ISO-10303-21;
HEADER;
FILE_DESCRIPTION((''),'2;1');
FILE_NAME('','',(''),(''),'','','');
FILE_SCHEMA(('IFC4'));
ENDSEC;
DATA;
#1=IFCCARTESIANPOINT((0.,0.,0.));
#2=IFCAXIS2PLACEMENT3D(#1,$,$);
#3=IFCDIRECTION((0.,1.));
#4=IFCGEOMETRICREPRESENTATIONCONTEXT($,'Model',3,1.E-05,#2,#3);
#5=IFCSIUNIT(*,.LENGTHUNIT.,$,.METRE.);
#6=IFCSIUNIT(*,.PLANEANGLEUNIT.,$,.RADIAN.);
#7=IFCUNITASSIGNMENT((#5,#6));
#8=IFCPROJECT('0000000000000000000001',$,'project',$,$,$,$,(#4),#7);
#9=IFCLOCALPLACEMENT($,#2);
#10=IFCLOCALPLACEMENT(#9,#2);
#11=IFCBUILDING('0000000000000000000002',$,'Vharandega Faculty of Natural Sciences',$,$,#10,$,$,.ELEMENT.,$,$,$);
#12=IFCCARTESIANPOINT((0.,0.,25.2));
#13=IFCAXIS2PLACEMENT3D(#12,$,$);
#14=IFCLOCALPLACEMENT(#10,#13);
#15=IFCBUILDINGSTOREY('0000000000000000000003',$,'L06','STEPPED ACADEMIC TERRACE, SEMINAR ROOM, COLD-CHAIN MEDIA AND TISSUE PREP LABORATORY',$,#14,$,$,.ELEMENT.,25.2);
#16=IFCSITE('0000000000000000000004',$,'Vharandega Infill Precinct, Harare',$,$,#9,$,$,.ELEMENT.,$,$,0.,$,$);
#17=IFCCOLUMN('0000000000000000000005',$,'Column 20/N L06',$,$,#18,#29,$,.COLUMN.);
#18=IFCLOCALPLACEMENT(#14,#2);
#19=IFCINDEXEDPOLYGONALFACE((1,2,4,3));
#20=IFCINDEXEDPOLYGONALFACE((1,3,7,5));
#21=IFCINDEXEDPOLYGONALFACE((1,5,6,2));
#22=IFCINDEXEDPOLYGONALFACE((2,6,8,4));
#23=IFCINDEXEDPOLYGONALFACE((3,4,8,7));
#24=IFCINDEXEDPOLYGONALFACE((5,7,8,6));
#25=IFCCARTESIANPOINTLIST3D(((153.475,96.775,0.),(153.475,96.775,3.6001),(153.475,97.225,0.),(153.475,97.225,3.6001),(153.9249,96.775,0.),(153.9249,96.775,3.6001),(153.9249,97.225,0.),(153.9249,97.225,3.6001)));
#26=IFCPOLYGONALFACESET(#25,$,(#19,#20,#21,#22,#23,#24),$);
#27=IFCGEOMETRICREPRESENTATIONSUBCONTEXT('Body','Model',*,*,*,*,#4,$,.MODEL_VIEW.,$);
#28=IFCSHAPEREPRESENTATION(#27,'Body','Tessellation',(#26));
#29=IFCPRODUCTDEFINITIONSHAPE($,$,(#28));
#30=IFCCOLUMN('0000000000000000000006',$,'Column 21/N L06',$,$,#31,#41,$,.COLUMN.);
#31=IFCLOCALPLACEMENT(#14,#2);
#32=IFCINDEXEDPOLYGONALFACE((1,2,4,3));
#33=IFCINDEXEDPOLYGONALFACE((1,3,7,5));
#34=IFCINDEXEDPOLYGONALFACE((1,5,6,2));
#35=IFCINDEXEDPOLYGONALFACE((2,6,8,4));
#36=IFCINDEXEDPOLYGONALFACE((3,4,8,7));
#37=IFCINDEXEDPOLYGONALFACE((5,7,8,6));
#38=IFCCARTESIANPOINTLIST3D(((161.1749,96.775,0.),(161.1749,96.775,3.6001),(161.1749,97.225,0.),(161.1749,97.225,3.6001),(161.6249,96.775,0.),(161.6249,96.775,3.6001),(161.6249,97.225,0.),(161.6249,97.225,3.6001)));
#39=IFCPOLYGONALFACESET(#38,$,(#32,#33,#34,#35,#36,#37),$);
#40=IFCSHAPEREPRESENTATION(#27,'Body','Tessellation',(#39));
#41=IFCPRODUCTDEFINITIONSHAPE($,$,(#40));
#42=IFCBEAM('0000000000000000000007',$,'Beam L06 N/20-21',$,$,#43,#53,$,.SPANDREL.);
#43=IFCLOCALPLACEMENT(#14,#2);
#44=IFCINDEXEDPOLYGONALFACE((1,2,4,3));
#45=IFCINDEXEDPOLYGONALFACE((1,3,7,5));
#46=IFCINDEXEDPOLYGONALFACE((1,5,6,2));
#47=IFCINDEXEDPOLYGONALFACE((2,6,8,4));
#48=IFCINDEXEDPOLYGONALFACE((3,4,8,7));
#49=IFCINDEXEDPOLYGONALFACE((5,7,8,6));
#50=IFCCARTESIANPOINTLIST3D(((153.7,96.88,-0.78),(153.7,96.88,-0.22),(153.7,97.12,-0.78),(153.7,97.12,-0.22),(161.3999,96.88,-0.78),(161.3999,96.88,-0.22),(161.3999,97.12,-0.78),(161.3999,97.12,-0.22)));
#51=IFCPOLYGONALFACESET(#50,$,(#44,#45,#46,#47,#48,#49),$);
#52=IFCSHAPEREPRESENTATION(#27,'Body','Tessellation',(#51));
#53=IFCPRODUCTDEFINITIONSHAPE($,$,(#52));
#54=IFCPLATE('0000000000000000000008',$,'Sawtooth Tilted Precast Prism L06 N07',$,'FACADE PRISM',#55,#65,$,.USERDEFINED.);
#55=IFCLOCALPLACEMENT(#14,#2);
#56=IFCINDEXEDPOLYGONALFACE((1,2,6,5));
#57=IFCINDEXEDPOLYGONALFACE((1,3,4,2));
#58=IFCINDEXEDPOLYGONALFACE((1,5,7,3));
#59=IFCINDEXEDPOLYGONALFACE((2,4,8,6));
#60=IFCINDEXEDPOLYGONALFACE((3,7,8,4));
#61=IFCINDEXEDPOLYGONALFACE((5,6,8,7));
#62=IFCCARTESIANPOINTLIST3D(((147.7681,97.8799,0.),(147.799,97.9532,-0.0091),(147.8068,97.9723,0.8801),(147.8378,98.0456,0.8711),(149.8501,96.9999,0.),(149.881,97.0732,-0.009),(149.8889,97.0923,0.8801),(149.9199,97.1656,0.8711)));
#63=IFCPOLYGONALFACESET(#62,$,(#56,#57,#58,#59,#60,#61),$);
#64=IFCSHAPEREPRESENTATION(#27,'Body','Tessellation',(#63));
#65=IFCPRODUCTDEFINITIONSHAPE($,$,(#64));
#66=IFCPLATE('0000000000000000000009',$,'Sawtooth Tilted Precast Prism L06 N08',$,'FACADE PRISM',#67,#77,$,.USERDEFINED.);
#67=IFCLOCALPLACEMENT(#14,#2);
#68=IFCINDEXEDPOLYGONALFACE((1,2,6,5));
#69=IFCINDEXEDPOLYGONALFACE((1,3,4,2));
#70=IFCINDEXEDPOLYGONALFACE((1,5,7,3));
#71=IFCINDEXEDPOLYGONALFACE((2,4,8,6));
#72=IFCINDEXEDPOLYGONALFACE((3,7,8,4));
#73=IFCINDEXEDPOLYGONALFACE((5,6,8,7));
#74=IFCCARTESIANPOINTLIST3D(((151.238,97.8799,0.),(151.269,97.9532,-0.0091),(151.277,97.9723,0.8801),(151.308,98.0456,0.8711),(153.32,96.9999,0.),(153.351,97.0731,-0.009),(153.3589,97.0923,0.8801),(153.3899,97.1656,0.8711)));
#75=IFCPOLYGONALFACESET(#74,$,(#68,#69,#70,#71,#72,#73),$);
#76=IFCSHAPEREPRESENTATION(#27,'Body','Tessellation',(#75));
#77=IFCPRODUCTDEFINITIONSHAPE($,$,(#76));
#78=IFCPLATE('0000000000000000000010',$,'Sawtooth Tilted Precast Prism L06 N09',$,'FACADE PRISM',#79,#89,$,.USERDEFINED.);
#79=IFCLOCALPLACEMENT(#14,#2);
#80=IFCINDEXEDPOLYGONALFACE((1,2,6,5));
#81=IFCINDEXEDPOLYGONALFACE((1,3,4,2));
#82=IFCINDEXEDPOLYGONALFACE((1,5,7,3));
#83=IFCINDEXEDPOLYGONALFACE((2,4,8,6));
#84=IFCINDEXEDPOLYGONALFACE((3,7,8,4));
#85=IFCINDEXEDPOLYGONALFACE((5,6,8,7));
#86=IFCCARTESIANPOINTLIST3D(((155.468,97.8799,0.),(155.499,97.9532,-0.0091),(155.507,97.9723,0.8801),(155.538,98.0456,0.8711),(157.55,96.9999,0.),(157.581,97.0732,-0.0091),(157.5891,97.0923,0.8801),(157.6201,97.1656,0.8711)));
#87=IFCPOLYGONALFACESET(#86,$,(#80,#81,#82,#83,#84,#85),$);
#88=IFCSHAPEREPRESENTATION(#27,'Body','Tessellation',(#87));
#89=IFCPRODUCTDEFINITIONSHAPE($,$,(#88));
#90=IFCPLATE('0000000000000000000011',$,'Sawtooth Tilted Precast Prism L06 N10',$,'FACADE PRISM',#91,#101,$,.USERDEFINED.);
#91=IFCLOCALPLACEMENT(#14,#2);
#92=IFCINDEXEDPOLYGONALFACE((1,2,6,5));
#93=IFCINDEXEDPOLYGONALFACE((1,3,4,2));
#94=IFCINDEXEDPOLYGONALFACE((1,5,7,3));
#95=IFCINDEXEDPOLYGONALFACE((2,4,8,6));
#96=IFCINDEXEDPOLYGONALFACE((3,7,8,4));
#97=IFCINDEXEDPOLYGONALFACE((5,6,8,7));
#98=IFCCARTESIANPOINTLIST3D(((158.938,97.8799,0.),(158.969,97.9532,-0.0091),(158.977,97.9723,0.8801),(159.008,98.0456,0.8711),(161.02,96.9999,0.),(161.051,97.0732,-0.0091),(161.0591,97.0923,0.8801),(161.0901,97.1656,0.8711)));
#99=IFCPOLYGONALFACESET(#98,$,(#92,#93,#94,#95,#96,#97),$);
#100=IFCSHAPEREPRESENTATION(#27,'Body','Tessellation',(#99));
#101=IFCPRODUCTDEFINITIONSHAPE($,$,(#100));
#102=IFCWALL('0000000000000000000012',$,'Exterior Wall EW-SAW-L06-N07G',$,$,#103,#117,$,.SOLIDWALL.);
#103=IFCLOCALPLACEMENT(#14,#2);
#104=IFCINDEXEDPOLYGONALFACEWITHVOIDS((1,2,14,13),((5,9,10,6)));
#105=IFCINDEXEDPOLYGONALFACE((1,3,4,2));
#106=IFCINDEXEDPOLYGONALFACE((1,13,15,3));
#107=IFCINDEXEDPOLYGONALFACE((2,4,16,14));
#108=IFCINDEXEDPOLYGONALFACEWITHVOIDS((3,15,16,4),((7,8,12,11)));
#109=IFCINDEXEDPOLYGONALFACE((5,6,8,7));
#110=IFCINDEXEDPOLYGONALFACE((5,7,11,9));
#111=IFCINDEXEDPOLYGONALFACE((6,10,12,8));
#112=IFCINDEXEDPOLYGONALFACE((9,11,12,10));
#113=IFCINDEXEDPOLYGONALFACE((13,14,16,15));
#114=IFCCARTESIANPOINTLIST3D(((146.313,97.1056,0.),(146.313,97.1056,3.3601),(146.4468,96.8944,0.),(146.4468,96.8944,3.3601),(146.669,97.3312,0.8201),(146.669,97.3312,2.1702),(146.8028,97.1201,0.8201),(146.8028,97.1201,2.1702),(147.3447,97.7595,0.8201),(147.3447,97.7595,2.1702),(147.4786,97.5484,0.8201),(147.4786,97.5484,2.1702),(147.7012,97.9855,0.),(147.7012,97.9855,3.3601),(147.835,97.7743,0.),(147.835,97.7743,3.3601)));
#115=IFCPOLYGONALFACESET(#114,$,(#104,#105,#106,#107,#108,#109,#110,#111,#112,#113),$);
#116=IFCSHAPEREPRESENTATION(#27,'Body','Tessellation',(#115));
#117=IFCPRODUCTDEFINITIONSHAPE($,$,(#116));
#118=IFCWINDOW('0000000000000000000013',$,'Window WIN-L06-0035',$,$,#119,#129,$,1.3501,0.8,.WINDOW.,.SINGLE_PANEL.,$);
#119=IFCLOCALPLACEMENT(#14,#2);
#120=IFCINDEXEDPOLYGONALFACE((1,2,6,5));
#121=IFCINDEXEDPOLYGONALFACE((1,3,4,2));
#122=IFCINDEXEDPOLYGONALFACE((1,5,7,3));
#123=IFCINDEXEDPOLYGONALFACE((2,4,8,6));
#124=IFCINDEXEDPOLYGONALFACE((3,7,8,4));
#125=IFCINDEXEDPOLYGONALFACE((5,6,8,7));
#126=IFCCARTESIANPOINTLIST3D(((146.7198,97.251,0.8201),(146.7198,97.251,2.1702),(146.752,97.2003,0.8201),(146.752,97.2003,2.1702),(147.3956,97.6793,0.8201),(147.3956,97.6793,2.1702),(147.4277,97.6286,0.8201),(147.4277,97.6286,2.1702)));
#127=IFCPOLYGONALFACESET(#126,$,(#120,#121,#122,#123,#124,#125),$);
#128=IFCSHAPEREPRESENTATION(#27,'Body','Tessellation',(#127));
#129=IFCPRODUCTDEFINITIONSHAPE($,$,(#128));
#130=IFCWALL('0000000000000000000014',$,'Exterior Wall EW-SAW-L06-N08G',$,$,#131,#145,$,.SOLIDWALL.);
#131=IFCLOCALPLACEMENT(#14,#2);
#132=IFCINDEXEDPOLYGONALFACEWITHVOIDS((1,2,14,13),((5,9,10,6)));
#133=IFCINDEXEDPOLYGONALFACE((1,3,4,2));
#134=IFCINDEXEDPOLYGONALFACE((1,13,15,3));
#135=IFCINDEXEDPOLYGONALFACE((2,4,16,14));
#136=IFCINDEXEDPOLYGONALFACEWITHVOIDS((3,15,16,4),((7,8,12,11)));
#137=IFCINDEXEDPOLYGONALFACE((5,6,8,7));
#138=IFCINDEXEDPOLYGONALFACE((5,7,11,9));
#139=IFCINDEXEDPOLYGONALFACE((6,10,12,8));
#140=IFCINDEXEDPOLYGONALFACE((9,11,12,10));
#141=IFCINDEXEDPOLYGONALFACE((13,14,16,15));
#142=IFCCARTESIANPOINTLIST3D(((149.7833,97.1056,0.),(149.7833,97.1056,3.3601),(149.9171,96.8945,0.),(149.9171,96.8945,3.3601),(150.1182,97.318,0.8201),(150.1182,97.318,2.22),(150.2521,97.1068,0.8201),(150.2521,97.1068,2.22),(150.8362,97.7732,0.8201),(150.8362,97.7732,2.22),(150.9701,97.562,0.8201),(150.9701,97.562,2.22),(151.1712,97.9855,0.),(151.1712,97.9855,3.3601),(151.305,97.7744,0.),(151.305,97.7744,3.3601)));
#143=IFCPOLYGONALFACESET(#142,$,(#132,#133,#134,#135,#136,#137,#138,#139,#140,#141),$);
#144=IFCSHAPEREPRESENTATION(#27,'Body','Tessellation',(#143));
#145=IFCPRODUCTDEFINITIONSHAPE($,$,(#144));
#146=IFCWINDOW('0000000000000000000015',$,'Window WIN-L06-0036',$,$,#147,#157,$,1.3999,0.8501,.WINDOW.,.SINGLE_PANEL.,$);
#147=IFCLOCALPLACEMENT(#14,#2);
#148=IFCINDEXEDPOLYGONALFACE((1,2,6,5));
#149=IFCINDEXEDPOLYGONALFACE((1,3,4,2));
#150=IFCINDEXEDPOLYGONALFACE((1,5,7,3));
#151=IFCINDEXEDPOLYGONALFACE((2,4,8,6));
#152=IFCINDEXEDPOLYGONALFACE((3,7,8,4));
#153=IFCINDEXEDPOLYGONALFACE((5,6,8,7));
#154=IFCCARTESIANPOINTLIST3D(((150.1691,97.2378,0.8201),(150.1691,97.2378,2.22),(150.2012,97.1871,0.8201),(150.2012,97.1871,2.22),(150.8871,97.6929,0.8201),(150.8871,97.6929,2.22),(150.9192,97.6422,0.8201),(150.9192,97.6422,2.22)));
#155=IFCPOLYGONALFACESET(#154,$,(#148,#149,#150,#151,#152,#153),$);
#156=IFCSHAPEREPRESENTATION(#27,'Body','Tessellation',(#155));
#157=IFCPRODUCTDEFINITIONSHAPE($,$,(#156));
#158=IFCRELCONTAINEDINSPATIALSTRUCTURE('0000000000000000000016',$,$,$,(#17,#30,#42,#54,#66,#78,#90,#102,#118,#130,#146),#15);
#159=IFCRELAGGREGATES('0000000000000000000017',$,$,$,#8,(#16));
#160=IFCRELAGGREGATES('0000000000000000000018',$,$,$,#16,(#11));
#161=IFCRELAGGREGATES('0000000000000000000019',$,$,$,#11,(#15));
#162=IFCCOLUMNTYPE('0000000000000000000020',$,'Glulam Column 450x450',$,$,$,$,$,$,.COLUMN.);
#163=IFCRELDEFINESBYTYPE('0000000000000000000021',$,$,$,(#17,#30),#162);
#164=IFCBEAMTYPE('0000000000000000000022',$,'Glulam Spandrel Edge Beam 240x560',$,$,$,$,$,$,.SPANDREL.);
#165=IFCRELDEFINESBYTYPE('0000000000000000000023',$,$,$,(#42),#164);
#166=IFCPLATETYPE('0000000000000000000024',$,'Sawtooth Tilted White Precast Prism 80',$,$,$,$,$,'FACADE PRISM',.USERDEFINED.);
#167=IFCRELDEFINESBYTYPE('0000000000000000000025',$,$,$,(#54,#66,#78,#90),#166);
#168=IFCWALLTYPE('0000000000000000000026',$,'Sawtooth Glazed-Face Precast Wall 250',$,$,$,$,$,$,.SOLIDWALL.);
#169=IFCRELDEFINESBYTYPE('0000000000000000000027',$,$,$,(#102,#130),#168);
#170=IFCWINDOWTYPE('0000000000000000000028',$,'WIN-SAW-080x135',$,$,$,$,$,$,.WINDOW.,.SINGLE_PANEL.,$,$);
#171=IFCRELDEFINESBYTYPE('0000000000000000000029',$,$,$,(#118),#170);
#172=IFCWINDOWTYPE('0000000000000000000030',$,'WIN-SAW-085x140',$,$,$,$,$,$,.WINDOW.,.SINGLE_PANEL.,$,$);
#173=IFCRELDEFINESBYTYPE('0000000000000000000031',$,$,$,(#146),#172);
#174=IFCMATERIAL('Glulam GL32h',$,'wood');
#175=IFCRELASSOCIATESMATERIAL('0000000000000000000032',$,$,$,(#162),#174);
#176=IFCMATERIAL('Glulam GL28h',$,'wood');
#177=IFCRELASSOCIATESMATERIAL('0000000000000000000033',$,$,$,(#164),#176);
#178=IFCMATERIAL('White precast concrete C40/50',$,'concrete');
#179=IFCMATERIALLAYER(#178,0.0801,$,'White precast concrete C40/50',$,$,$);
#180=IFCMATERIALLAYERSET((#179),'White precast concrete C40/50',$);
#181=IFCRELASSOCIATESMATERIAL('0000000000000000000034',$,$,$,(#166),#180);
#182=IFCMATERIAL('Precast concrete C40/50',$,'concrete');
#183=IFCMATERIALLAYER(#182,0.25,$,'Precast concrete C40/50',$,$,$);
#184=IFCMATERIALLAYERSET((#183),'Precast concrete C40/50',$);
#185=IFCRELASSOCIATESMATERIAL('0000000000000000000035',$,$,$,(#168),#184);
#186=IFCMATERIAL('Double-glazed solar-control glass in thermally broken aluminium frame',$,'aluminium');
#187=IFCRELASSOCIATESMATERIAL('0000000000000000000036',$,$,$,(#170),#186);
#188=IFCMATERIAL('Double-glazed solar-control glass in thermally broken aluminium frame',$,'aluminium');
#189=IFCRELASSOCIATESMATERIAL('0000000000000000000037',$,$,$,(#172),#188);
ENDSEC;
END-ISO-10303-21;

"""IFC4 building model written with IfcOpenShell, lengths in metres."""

from ifc_helpers import new_model, si_unit, direction, frame, frame_2d, origin, origin_2d, place, context, subcontext, project, spatial, polyline, rectangle, outline, extrude, material, layer, layer_set, material_profile, profile_set, type_object, element, fill, save


model = new_model("IFC4")

# Units and contexts
model_context = context("Model", 3, precision=1e-05, world=origin(), true_north=direction((0.0, 1.0)))
body_context = subcontext(model_context, "Body", "Model", "MODEL_VIEW")
ifc_project = project(units=[si_unit("LENGTHUNIT", "METRE"), si_unit("PLANEANGLEUNIT", "RADIAN")], contexts=[model_context])

# Site, building, storey
site_placement = place(None, origin())
site = spatial("IfcSite", under=ifc_project, at=site_placement, Name="Vharandega Infill Precinct, Harare", CompositionType="ELEMENT", RefElevation=0.0)
building_placement = place(site_placement, origin())
building = spatial("IfcBuilding", under=site, at=building_placement, Name="Vharandega Faculty of Natural Sciences", CompositionType="ELEMENT")
storey_placement = place(building_placement, frame((0.0, 0.0, 25.2)))
storey = spatial("IfcBuildingStorey", under=building, at=storey_placement, Name="L06", Description="STEPPED ACADEMIC TERRACE, SEMINAR ROOM, COLD-CHAIN MEDIA AND TISSUE PREP LABORATORY", CompositionType="ELEMENT", Elevation=25.2)

# Columns
ifc_material_1 = material(Name="Glulam GL32h", Category="wood")
ifc_material_profile_1 = material_profile(ifc_material_1, rectangle(XDim=0.45, YDim=0.45, at=origin_2d()), Name="GL32h 450x450")
ifc_profile_set_1 = profile_set([ifc_material_profile_1], Name="Glulam GL32h")
column_type = type_object("IfcColumnType", Name="Glulam Column 450x450", PredefinedType="COLUMN", material=ifc_profile_set_1)
for number, where, z_axis, x_axis, name in (
    (1, (153.7, 97.0, 0.0), (0.0, 0.0, 1.0), (1.0, 0.0, 0.0), "Column 20/N L06"),
    (2, (161.3999, 97.0, 0.0), (0.0, 0.0, 1.0), (1.0, 0.0, 0.0), "Column 21/N L06"),
):
    element("IfcColumn", number, at=place(storey_placement, frame(where, z_axis=z_axis, x_axis=x_axis)), inside=storey, type_object=column_type, Name=name, PredefinedType="COLUMN", context=body_context, shape_type="SweptSolid", body=[
        extrude(rectangle(XDim=0.45, YDim=0.45, at=origin_2d()), origin(), (0.0, 0.0, 1.0), 3.6001),
    ])

# Beam
ifc_material_2 = material(Name="Glulam GL28h", Category="wood")
ifc_material_profile_2 = material_profile(ifc_material_2, rectangle(XDim=0.24, YDim=0.5601, at=origin_2d()), Name="GL28h 240x560")
ifc_profile_set_2 = profile_set([ifc_material_profile_2], Name="Glulam GL28h")
beam_type = type_object("IfcBeamType", Name="Glulam Spandrel Edge Beam 240x560", PredefinedType="SPANDREL", material=ifc_profile_set_2)
beam_placement = place(storey_placement, frame((153.7, 97.0, -0.5), z_axis=(1.0, 0.0, 0.0), x_axis=(0.0, 1.0, 0.0)))
element("IfcBeam", 3, at=beam_placement, inside=storey, type_object=beam_type, Name="Beam L06 N/20-21", PredefinedType="SPANDREL", context=body_context, shape_type="SweptSolid", body=[
    extrude(rectangle(XDim=0.24, YDim=0.5601, at=origin_2d()), origin(), (0.0, 0.0, 1.0), 7.7),
])

# Plates
ifc_material_3 = material(Name="White precast concrete C40/50", Category="concrete")
ifc_layer_1 = layer(ifc_material_3, 0.0801, Name="White precast concrete C40/50")
ifc_layer_set_1 = layer_set([ifc_layer_1], Name="White precast concrete C40/50")
plate_type = type_object("IfcPlateType", Name="Sawtooth Tilted White Precast Prism 80", ElementType="FACADE PRISM", PredefinedType="USERDEFINED", material=ifc_layer_set_1)
plate_1_placement = place(storey_placement, frame((147.7681, 97.8799, 0.0), z_axis=(-0.386819, -0.915188, 0.113149), x_axis=(0.043773, 0.10434, 0.993578)))
element("IfcPlate", 4, at=plate_1_placement, inside=storey, type_object=plate_type, Name="Sawtooth Tilted Precast Prism L06 N07", ObjectType="FACADE PRISM", PredefinedType="USERDEFINED", context=body_context, shape_type="SweptSolid", body=[
    extrude(outline(polyline([(0.0, 0.0), (0.8858, 0.0), (0.8851, -2.2604), (-0.0007, -2.2603), (0.0, 0.0)])), origin(), (0.0, 0.0, -1.0), 0.0801),
])
plate_2_placement = place(storey_placement, frame((151.238, 97.8799, 0.0), z_axis=(-0.386836, -0.915174, 0.113202), x_axis=(0.044027, 0.10429, 0.993572)))
element("IfcPlate", 5, at=plate_2_placement, inside=storey, type_object=plate_type, Name="Sawtooth Tilted Precast Prism L06 N08", ObjectType="FACADE PRISM", PredefinedType="USERDEFINED", context=body_context, shape_type="SweptSolid", body=[
    extrude(outline(polyline([(0.0, 0.0), (0.8858, 0.0), (0.8857, -2.2602), (-0.0001, -2.2603), (0.0, 0.0)])), origin(), (0.0, 0.0, -1.0), 0.0801),
])
for number, where, z_axis, x_axis, name in (
    (6, (155.468, 97.8799, 0.0), (-0.386814, -0.915176, 0.113255), (0.044048, 0.104338, 0.993566), "Sawtooth Tilted Precast Prism L06 N09"),
    (7, (158.938, 97.8799, 0.0), (-0.386814, -0.915176, 0.113255), (0.044048, 0.104338, 0.993566), "Sawtooth Tilted Precast Prism L06 N10"),
):
    element("IfcPlate", number, at=place(storey_placement, frame(where, z_axis=z_axis, x_axis=x_axis)), inside=storey, type_object=plate_type, Name=name, ObjectType="FACADE PRISM", PredefinedType="USERDEFINED", context=body_context, shape_type="SweptSolid", body=[
        extrude(outline(polyline([(0.0, 0.0), (0.8858, 0.0), (0.8857, -2.2604), (-0.0001, -2.2603), (0.0, 0.0)])), origin(), (0.0, 0.0, -1.0), 0.0801),
    ])

# Walls, openings, windows
ifc_material_4 = material(Name="Precast concrete C40/50", Category="concrete")
ifc_layer_2 = layer(ifc_material_4, 0.25, Name="Precast concrete C40/50")
ifc_layer_set_2 = layer_set([ifc_layer_2], Name="Precast concrete C40/50")
wall_type_1 = type_object("IfcWallType", Name="Sawtooth Glazed-Face Precast Wall 250", PredefinedType="SOLIDWALL", material=ifc_layer_set_2)
wall_1_placement = place(storey_placement, frame((146.3799, 97.0, 0.0), z_axis=(0.0, 0.0, 1.0), x_axis=(0.844627, 0.535356, 0.0)))
wall_1 = element("IfcWall", 8, at=wall_1_placement, inside=storey, type_object=wall_type_1, Name="Exterior Wall EW-SAW-L06-N07G", PredefinedType="SOLIDWALL", context=body_context, shape_type="SweptSolid", body=[
    extrude(rectangle(XDim=1.6436, YDim=0.25, at=frame_2d((0.8218, 0.0))), origin(), (0.0, 0.0, 1.0), 3.3601),
])
opening_1_placement = place(wall_1_placement, frame((0.4216, 0.0, 0.8201)))
opening_1 = element("IfcOpeningElement", 9, at=opening_1_placement, cuts=wall_1, PredefinedType="OPENING", context=body_context, shape_type="SweptSolid", body=[
    extrude(rectangle(XDim=0.8, YDim=1.3501, at=frame_2d((0.3999, 0.675))), frame((0.0, 0.135, 0.0), z_axis=(0.0, -1.0, 0.0), x_axis=(1.0, 0.0, 0.0)), (0.0, 0.0, 1.0), 0.27),
])
ifc_material_5 = material(Name="Double-glazed solar-control glass in thermally broken aluminium frame", Category="aluminium")
window_type_1 = type_object("IfcWindowType", Name="WIN-SAW-080x135", PartitioningType="SINGLE_PANEL", PredefinedType="WINDOW", material=ifc_material_5)
window_1_placement = place(opening_1_placement, origin())
window_1 = element("IfcWindow", 10, at=window_1_placement, inside=storey, type_object=window_type_1, Name="Window WIN-L06-0035", OverallHeight=1.3501, OverallWidth=0.8, PartitioningType="SINGLE_PANEL", PredefinedType="WINDOW", context=body_context, shape_type="SweptSolid", body=[
    extrude(rectangle(XDim=0.8, YDim=1.3501, at=frame_2d((0.3999, 0.675))), frame((0.0, 0.03, 0.0), z_axis=(0.0, -1.0, 0.0), x_axis=(1.0, 0.0, 0.0)), (0.0, 0.0, 1.0), 0.0601),
])
fill(opening_1, window_1)
wall_2_placement = place(storey_placement, frame((149.8501, 97.0, 0.0), z_axis=(0.0, 0.0, 1.0), x_axis=(0.844584, 0.535423, 0.0)))
wall_2 = element("IfcWall", 11, at=wall_2_placement, inside=storey, type_object=wall_type_1, Name="Exterior Wall EW-SAW-L06-N08G", PredefinedType="SOLIDWALL", context=body_context, shape_type="SweptSolid", body=[
    extrude(rectangle(XDim=1.6433, YDim=0.25, at=frame_2d((0.8218, 0.0))), origin(), (0.0, 0.0, 1.0), 3.3601),
])
opening_2_placement = place(wall_2_placement, frame((0.3967, 0.0, 0.8201)))
opening_2 = element("IfcOpeningElement", 12, at=opening_2_placement, cuts=wall_2, PredefinedType="OPENING", context=body_context, shape_type="SweptSolid", body=[
    extrude(rectangle(XDim=0.8501, YDim=1.3999, at=frame_2d((0.425, 0.7))), frame((0.0, 0.135, 0.0), z_axis=(0.0, -1.0, 0.0), x_axis=(1.0, 0.0, 0.0)), (0.0, 0.0, 1.0), 0.27),
])
ifc_material_6 = material(Name="Double-glazed solar-control glass in thermally broken aluminium frame", Category="aluminium")
window_type_2 = type_object("IfcWindowType", Name="WIN-SAW-085x140", PartitioningType="SINGLE_PANEL", PredefinedType="WINDOW", material=ifc_material_6)
window_2_placement = place(opening_2_placement, origin())
window_2 = element("IfcWindow", 13, at=window_2_placement, inside=storey, type_object=window_type_2, Name="Window WIN-L06-0036", OverallHeight=1.3999, OverallWidth=0.8501, PartitioningType="SINGLE_PANEL", PredefinedType="WINDOW", context=body_context, shape_type="SweptSolid", body=[
    extrude(rectangle(XDim=0.8501, YDim=1.3999, at=frame_2d((0.425, 0.7))), frame((0.0, 0.03, 0.0), z_axis=(0.0, -1.0, 0.0), x_axis=(1.0, 0.0, 0.0)), (0.0, 0.0, 1.0), 0.0601),
])
fill(opening_2, window_2)

save(model, "model.ifc")
